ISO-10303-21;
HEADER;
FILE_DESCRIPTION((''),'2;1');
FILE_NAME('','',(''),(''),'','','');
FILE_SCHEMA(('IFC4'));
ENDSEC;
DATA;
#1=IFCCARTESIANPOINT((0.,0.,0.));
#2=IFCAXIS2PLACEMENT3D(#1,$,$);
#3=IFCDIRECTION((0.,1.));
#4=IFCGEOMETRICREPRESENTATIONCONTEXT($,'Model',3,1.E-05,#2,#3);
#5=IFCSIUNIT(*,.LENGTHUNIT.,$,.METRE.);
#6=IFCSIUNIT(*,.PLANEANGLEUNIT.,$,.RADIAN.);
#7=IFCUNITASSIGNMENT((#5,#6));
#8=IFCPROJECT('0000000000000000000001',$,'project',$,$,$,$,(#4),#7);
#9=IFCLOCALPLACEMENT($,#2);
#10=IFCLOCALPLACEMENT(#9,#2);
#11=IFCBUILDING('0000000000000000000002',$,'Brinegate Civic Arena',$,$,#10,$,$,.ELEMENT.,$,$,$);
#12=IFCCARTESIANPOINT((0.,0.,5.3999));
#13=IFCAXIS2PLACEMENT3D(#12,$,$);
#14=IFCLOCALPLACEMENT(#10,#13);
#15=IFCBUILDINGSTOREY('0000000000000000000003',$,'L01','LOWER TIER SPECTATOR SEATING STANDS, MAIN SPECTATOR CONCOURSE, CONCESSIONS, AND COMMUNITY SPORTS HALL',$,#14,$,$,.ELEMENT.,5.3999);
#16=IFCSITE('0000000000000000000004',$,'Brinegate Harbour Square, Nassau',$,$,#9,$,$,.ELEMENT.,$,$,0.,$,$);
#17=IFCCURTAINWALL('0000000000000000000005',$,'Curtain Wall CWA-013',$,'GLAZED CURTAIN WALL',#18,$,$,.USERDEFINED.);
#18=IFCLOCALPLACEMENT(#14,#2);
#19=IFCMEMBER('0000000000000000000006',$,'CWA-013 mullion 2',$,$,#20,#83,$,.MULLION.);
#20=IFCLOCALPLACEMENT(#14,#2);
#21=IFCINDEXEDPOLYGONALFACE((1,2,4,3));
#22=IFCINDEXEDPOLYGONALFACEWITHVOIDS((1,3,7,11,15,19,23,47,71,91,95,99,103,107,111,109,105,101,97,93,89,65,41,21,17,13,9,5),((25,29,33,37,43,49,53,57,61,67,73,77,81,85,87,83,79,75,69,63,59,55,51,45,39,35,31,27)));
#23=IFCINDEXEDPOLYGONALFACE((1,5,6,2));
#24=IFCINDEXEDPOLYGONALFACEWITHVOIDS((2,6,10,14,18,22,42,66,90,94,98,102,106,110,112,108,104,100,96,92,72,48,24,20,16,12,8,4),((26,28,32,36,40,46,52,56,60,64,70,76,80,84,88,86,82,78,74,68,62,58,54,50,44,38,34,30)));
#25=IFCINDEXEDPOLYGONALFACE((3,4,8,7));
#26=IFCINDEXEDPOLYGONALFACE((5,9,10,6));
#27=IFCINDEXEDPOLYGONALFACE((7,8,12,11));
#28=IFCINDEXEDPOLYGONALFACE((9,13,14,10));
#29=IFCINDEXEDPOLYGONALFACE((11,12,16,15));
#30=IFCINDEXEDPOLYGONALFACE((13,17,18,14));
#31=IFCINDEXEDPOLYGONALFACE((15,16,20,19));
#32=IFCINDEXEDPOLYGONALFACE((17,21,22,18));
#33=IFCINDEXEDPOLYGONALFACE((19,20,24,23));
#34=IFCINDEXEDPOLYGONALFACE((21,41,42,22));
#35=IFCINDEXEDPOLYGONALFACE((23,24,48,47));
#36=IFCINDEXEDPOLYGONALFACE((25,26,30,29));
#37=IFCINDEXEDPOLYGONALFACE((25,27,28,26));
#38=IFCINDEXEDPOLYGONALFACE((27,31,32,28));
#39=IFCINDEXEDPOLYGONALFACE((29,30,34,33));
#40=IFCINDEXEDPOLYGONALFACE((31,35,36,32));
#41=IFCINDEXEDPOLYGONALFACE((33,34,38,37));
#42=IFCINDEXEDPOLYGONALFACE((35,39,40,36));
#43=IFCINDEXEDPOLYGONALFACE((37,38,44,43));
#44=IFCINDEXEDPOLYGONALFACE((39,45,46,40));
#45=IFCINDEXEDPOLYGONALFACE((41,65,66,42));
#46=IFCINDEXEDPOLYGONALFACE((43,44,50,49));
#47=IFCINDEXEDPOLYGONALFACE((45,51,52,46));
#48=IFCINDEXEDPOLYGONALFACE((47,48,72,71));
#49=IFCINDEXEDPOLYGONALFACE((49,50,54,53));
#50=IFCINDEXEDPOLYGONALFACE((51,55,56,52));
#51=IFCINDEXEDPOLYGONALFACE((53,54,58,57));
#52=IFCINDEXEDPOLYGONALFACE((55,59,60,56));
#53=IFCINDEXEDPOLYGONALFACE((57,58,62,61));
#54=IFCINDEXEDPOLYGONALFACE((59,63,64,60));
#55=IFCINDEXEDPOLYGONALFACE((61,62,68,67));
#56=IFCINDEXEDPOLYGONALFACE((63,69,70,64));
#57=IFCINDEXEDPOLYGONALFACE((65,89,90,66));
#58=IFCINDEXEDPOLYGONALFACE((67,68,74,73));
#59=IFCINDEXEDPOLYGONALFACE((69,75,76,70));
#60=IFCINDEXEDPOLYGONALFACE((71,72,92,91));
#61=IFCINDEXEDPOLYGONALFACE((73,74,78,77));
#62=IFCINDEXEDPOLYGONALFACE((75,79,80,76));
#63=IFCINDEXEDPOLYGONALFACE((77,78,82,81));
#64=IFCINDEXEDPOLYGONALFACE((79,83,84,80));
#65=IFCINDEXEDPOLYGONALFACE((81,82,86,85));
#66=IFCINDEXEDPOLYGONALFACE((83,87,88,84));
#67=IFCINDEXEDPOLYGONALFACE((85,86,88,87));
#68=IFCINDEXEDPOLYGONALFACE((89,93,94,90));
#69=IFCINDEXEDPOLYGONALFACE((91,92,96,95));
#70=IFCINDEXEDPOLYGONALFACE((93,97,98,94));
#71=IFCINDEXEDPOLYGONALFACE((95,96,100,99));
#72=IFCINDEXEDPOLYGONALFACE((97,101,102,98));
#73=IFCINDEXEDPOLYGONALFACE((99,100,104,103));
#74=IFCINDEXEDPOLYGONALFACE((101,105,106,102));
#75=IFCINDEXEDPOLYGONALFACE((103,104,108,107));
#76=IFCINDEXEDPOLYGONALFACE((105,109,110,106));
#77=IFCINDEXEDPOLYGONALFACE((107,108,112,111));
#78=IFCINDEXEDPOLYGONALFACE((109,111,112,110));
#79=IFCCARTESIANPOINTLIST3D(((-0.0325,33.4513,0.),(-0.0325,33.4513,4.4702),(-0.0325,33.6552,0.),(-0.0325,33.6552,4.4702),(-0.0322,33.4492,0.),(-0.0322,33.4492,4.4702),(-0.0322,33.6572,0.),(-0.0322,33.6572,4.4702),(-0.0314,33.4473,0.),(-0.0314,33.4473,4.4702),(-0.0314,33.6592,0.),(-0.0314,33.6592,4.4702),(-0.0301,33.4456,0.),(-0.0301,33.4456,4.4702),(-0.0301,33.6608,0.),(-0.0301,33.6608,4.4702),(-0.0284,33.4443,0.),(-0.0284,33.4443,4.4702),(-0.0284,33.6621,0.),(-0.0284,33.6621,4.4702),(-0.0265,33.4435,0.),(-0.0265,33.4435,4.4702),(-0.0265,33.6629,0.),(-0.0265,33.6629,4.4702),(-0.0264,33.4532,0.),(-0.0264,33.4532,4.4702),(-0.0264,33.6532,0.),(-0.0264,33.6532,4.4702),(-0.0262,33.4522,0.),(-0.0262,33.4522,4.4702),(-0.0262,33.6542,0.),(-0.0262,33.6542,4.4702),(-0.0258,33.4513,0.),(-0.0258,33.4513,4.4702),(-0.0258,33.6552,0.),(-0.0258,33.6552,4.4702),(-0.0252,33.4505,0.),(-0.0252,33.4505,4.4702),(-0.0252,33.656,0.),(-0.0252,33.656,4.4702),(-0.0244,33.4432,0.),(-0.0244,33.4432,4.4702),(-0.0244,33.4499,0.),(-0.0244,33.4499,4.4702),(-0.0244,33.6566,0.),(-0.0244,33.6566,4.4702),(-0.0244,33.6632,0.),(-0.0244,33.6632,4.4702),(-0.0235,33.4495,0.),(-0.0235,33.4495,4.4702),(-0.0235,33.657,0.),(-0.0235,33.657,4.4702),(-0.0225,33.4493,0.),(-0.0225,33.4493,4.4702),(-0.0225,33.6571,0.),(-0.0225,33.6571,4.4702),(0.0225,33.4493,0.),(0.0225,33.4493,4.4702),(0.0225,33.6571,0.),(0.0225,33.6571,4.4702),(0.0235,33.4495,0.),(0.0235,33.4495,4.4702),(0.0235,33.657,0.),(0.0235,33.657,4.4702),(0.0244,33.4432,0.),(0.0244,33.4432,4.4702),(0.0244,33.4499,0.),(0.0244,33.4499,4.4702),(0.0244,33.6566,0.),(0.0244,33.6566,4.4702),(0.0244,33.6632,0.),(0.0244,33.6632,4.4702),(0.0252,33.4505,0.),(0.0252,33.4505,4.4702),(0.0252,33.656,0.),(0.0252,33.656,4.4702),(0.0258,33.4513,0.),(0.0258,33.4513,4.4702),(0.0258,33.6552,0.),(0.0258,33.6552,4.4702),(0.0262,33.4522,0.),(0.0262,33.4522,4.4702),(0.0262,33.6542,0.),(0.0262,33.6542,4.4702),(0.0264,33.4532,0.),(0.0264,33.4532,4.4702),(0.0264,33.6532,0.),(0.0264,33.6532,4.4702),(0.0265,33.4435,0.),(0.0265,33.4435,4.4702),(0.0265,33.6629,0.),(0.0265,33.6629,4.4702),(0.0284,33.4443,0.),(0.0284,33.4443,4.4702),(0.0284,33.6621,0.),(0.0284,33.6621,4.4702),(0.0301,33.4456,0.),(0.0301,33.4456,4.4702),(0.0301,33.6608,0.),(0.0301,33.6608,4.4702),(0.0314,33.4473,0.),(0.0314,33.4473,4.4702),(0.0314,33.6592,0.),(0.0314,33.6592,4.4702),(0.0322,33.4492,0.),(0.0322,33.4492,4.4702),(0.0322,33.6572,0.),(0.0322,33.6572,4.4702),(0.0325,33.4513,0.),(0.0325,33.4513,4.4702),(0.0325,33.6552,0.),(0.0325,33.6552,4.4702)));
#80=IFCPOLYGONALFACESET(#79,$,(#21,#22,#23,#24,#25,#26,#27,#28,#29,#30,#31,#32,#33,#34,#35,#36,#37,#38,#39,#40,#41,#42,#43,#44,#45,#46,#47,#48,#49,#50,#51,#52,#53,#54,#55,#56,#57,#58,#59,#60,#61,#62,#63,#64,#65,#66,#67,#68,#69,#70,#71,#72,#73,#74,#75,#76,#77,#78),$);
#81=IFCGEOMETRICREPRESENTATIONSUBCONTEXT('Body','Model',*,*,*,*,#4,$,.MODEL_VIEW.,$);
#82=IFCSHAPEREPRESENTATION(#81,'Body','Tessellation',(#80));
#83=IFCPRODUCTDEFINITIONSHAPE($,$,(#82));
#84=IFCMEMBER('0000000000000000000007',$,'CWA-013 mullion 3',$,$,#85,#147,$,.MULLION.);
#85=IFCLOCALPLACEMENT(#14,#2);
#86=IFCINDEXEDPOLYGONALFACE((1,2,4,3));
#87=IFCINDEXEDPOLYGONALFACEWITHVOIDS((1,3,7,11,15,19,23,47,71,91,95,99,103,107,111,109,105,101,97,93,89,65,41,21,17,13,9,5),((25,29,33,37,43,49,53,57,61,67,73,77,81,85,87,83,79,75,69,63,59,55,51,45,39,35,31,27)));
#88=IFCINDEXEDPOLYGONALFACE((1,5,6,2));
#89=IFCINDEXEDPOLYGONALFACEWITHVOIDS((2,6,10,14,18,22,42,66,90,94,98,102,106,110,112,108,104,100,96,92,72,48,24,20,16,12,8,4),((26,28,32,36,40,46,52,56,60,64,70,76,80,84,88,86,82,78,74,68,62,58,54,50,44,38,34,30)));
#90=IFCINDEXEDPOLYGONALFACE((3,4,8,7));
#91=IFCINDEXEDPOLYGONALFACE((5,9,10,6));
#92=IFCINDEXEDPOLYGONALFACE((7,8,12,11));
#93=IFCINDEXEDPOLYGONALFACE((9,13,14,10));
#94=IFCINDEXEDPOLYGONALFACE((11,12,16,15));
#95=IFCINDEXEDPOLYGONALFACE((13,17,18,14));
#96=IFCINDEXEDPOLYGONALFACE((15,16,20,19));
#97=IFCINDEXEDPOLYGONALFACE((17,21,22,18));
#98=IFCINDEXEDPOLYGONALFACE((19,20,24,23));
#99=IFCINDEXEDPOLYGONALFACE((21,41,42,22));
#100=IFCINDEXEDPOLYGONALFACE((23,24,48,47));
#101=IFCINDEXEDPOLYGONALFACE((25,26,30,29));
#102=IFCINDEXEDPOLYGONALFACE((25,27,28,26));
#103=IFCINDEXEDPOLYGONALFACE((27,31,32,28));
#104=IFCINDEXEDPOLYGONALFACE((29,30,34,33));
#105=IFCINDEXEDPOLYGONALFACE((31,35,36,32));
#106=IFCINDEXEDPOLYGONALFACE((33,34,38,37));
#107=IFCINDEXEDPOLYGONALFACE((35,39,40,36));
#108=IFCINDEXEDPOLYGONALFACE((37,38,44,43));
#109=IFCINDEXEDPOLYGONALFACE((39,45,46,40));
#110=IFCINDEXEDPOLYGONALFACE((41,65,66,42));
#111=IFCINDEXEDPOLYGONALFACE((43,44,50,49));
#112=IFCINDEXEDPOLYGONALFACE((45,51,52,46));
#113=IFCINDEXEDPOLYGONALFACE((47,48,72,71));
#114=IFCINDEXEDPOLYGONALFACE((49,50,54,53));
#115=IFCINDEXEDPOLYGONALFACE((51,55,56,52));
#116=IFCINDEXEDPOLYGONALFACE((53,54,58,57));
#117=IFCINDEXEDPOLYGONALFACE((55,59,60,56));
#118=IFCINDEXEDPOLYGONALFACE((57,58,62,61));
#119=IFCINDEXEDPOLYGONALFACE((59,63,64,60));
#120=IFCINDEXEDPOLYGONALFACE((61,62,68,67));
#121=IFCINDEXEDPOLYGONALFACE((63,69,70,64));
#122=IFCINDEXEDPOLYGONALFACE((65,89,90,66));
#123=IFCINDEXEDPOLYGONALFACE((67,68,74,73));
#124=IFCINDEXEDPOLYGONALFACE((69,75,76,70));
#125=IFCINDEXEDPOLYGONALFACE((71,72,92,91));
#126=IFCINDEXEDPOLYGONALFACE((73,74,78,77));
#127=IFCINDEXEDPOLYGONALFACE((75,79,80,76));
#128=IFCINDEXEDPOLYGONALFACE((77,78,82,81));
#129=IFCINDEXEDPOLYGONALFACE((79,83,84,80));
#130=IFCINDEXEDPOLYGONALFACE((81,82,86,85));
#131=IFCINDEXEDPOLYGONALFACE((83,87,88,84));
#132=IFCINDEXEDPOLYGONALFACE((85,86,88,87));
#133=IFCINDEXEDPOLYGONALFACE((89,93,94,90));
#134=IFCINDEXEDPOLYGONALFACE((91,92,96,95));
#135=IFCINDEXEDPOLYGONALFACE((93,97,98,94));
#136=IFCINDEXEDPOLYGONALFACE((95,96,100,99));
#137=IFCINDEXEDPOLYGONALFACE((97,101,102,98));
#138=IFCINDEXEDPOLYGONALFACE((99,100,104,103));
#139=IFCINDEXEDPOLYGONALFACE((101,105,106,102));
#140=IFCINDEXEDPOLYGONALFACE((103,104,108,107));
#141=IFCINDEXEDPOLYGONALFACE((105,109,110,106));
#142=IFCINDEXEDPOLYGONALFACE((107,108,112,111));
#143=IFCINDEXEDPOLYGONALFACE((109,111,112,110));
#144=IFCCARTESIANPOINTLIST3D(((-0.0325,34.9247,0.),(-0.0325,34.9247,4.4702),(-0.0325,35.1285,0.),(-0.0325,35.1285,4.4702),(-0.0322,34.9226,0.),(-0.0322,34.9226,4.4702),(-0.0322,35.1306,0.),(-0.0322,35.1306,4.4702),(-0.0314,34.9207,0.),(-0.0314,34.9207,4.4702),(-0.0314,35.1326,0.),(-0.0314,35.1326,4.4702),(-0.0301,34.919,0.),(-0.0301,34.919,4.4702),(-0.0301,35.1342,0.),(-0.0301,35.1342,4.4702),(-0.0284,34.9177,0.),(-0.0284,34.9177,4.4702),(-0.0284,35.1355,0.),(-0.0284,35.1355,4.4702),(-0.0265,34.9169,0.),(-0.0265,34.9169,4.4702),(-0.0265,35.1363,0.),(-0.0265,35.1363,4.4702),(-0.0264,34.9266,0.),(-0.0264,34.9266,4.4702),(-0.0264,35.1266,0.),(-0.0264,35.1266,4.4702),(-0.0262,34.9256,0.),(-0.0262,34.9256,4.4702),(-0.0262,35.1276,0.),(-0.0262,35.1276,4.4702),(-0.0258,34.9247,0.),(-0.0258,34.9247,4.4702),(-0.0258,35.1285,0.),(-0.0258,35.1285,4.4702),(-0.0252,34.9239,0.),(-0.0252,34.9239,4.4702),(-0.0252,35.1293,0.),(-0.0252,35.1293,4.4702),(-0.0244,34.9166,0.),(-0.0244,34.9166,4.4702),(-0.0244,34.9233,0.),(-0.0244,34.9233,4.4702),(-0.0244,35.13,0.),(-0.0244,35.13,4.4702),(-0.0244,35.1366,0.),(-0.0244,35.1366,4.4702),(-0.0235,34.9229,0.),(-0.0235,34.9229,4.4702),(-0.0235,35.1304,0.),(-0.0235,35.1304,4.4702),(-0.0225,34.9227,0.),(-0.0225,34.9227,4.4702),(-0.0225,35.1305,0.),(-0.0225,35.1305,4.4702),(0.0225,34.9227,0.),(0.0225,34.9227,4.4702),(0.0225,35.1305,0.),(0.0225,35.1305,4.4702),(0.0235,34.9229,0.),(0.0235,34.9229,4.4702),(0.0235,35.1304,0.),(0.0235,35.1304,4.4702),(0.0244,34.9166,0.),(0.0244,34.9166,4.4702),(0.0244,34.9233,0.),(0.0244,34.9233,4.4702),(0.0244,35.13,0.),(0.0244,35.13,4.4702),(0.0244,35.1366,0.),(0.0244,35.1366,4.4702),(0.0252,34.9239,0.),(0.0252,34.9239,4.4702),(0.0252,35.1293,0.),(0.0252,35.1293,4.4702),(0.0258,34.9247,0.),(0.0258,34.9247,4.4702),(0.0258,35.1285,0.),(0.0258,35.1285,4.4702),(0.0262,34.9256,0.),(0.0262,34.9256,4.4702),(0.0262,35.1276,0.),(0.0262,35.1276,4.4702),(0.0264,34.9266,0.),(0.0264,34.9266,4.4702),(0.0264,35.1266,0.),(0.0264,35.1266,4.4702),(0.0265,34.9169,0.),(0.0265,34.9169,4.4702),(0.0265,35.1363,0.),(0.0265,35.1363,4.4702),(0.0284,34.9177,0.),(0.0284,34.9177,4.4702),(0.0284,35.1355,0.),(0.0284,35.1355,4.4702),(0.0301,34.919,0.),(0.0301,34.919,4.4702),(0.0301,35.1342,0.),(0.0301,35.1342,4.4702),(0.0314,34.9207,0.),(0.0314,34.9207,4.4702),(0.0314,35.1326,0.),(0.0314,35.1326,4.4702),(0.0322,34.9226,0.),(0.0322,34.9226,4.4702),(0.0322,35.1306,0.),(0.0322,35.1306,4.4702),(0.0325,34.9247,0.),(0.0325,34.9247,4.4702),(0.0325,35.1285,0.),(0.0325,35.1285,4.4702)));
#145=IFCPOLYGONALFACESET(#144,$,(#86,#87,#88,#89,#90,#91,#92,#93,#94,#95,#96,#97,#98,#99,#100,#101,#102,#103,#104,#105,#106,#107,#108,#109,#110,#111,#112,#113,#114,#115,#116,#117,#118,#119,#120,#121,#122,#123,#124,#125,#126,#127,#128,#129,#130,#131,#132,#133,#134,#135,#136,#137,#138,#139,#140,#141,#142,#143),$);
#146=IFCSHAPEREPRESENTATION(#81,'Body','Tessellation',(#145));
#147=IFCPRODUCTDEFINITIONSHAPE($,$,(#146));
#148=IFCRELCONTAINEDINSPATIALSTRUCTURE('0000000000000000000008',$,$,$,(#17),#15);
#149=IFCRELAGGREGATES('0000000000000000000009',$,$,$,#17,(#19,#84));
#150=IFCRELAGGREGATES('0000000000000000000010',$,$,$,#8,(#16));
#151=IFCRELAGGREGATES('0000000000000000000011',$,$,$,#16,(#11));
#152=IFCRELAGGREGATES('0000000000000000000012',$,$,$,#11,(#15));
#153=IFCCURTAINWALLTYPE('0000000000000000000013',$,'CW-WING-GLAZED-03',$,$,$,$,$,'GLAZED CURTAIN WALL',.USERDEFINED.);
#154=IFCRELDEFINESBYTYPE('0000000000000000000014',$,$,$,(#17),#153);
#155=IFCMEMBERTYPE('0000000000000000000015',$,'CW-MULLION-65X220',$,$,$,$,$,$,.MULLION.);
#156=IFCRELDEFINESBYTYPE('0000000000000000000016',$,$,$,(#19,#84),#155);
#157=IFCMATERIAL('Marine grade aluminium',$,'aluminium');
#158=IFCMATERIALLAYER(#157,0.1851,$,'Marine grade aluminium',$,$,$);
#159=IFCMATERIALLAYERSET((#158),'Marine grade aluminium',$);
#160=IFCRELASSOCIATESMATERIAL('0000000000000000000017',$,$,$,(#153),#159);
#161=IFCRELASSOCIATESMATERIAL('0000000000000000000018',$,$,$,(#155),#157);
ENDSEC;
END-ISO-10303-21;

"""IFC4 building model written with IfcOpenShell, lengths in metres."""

from ifc_helpers import new_model, si_unit, direction, frame, origin, origin_2d, place, context, subcontext, project, spatial, hollow_rectangle, extrude, material, layer, layer_set, material_profile, profile_set, type_object, element, aggregate, save


model = new_model("IFC4")

# Units and contexts
model_context = context("Model", 3, precision=1e-05, world=origin(), true_north=direction((0.0, 1.0)))
body_context = subcontext(model_context, "Body", "Model", "MODEL_VIEW")
ifc_project = project(units=[si_unit("LENGTHUNIT", "METRE"), si_unit("PLANEANGLEUNIT", "RADIAN")], contexts=[model_context])

# Site, building, storey
site_placement = place(None, origin())
site = spatial("IfcSite", under=ifc_project, at=site_placement, Name="Brinegate Harbour Square, Nassau", CompositionType="ELEMENT", RefElevation=0.0)
building_placement = place(site_placement, origin())
building = spatial("IfcBuilding", under=site, at=building_placement, Name="Brinegate Civic Arena", CompositionType="ELEMENT")
storey_placement = place(building_placement, frame((0.0, 0.0, 5.3999)))
storey = spatial("IfcBuildingStorey", under=building, at=storey_placement, Name="L01", Description="LOWER TIER SPECTATOR SEATING STANDS, MAIN SPECTATOR CONCOURSE, CONCESSIONS, AND COMMUNITY SPORTS HALL", CompositionType="ELEMENT", Elevation=5.3999)

# Curtain wall, members
ifc_material_1 = material(Name="Marine grade aluminium", Category="aluminium")
ifc_layer_1 = layer(ifc_material_1, 0.1851, Name="Marine grade aluminium")
ifc_layer_set_1 = layer_set([ifc_layer_1], Name="Marine grade aluminium")
curtain_wall_type = type_object("IfcCurtainWallType", Name="CW-WING-GLAZED-03", ElementType="GLAZED CURTAIN WALL", PredefinedType="USERDEFINED", material=ifc_layer_set_1)
curtain_wall_placement = place(storey_placement, origin())
curtain_wall = element("IfcCurtainWall", 1, at=curtain_wall_placement, inside=storey, type_object=curtain_wall_type, Name="Curtain Wall CWA-013", ObjectType="GLAZED CURTAIN WALL", PredefinedType="USERDEFINED")
ifc_material_profile_1 = material_profile(ifc_material_1, hollow_rectangle(XDim=0.0649, YDim=0.22, WallThickness=0.0061, InnerFilletRadius=0.0039, OuterFilletRadius=0.0081, at=origin_2d()), Name="MUL65X220")
ifc_profile_set_1 = profile_set([ifc_material_profile_1], Name="Marine grade aluminium")
member_type_1 = type_object("IfcMemberType", Name="CW-MULLION-65X220", PredefinedType="MULLION", material=ifc_profile_set_1)
member_1_placement = place(storey_placement, frame((0.0, 33.5532, 0.0), z_axis=(0.0, 0.0, 1.0), x_axis=(-1.0, 0.0, 0.0)))
member_1 = element("IfcMember", 2, at=member_1_placement, type_object=member_type_1, Name="CWA-013 mullion 2", PredefinedType="MULLION", context=body_context, shape_type="SweptSolid", body=[
    extrude(hollow_rectangle(XDim=0.0649, YDim=0.22, WallThickness=0.0061, InnerFilletRadius=0.0039, OuterFilletRadius=0.0081, at=origin_2d()), origin(), (0.0, 0.0, 1.0), 4.4702),
])
member_2_placement = place(storey_placement, frame((0.0, 35.0266, 0.0), z_axis=(0.0, 0.0, 1.0), x_axis=(-1.0, 0.0, 0.0)))
member_2 = element("IfcMember", 3, at=member_2_placement, type_object=member_type_1, Name="CWA-013 mullion 3", PredefinedType="MULLION", context=body_context, shape_type="SweptSolid", body=[
    extrude(hollow_rectangle(XDim=0.0649, YDim=0.22, WallThickness=0.0061, InnerFilletRadius=0.0039, OuterFilletRadius=0.0081, at=origin_2d()), origin(), (0.0, 0.0, 1.0), 4.4702),
])
aggregate(curtain_wall, [member_1, member_2])

save(model, "model.ifc")
